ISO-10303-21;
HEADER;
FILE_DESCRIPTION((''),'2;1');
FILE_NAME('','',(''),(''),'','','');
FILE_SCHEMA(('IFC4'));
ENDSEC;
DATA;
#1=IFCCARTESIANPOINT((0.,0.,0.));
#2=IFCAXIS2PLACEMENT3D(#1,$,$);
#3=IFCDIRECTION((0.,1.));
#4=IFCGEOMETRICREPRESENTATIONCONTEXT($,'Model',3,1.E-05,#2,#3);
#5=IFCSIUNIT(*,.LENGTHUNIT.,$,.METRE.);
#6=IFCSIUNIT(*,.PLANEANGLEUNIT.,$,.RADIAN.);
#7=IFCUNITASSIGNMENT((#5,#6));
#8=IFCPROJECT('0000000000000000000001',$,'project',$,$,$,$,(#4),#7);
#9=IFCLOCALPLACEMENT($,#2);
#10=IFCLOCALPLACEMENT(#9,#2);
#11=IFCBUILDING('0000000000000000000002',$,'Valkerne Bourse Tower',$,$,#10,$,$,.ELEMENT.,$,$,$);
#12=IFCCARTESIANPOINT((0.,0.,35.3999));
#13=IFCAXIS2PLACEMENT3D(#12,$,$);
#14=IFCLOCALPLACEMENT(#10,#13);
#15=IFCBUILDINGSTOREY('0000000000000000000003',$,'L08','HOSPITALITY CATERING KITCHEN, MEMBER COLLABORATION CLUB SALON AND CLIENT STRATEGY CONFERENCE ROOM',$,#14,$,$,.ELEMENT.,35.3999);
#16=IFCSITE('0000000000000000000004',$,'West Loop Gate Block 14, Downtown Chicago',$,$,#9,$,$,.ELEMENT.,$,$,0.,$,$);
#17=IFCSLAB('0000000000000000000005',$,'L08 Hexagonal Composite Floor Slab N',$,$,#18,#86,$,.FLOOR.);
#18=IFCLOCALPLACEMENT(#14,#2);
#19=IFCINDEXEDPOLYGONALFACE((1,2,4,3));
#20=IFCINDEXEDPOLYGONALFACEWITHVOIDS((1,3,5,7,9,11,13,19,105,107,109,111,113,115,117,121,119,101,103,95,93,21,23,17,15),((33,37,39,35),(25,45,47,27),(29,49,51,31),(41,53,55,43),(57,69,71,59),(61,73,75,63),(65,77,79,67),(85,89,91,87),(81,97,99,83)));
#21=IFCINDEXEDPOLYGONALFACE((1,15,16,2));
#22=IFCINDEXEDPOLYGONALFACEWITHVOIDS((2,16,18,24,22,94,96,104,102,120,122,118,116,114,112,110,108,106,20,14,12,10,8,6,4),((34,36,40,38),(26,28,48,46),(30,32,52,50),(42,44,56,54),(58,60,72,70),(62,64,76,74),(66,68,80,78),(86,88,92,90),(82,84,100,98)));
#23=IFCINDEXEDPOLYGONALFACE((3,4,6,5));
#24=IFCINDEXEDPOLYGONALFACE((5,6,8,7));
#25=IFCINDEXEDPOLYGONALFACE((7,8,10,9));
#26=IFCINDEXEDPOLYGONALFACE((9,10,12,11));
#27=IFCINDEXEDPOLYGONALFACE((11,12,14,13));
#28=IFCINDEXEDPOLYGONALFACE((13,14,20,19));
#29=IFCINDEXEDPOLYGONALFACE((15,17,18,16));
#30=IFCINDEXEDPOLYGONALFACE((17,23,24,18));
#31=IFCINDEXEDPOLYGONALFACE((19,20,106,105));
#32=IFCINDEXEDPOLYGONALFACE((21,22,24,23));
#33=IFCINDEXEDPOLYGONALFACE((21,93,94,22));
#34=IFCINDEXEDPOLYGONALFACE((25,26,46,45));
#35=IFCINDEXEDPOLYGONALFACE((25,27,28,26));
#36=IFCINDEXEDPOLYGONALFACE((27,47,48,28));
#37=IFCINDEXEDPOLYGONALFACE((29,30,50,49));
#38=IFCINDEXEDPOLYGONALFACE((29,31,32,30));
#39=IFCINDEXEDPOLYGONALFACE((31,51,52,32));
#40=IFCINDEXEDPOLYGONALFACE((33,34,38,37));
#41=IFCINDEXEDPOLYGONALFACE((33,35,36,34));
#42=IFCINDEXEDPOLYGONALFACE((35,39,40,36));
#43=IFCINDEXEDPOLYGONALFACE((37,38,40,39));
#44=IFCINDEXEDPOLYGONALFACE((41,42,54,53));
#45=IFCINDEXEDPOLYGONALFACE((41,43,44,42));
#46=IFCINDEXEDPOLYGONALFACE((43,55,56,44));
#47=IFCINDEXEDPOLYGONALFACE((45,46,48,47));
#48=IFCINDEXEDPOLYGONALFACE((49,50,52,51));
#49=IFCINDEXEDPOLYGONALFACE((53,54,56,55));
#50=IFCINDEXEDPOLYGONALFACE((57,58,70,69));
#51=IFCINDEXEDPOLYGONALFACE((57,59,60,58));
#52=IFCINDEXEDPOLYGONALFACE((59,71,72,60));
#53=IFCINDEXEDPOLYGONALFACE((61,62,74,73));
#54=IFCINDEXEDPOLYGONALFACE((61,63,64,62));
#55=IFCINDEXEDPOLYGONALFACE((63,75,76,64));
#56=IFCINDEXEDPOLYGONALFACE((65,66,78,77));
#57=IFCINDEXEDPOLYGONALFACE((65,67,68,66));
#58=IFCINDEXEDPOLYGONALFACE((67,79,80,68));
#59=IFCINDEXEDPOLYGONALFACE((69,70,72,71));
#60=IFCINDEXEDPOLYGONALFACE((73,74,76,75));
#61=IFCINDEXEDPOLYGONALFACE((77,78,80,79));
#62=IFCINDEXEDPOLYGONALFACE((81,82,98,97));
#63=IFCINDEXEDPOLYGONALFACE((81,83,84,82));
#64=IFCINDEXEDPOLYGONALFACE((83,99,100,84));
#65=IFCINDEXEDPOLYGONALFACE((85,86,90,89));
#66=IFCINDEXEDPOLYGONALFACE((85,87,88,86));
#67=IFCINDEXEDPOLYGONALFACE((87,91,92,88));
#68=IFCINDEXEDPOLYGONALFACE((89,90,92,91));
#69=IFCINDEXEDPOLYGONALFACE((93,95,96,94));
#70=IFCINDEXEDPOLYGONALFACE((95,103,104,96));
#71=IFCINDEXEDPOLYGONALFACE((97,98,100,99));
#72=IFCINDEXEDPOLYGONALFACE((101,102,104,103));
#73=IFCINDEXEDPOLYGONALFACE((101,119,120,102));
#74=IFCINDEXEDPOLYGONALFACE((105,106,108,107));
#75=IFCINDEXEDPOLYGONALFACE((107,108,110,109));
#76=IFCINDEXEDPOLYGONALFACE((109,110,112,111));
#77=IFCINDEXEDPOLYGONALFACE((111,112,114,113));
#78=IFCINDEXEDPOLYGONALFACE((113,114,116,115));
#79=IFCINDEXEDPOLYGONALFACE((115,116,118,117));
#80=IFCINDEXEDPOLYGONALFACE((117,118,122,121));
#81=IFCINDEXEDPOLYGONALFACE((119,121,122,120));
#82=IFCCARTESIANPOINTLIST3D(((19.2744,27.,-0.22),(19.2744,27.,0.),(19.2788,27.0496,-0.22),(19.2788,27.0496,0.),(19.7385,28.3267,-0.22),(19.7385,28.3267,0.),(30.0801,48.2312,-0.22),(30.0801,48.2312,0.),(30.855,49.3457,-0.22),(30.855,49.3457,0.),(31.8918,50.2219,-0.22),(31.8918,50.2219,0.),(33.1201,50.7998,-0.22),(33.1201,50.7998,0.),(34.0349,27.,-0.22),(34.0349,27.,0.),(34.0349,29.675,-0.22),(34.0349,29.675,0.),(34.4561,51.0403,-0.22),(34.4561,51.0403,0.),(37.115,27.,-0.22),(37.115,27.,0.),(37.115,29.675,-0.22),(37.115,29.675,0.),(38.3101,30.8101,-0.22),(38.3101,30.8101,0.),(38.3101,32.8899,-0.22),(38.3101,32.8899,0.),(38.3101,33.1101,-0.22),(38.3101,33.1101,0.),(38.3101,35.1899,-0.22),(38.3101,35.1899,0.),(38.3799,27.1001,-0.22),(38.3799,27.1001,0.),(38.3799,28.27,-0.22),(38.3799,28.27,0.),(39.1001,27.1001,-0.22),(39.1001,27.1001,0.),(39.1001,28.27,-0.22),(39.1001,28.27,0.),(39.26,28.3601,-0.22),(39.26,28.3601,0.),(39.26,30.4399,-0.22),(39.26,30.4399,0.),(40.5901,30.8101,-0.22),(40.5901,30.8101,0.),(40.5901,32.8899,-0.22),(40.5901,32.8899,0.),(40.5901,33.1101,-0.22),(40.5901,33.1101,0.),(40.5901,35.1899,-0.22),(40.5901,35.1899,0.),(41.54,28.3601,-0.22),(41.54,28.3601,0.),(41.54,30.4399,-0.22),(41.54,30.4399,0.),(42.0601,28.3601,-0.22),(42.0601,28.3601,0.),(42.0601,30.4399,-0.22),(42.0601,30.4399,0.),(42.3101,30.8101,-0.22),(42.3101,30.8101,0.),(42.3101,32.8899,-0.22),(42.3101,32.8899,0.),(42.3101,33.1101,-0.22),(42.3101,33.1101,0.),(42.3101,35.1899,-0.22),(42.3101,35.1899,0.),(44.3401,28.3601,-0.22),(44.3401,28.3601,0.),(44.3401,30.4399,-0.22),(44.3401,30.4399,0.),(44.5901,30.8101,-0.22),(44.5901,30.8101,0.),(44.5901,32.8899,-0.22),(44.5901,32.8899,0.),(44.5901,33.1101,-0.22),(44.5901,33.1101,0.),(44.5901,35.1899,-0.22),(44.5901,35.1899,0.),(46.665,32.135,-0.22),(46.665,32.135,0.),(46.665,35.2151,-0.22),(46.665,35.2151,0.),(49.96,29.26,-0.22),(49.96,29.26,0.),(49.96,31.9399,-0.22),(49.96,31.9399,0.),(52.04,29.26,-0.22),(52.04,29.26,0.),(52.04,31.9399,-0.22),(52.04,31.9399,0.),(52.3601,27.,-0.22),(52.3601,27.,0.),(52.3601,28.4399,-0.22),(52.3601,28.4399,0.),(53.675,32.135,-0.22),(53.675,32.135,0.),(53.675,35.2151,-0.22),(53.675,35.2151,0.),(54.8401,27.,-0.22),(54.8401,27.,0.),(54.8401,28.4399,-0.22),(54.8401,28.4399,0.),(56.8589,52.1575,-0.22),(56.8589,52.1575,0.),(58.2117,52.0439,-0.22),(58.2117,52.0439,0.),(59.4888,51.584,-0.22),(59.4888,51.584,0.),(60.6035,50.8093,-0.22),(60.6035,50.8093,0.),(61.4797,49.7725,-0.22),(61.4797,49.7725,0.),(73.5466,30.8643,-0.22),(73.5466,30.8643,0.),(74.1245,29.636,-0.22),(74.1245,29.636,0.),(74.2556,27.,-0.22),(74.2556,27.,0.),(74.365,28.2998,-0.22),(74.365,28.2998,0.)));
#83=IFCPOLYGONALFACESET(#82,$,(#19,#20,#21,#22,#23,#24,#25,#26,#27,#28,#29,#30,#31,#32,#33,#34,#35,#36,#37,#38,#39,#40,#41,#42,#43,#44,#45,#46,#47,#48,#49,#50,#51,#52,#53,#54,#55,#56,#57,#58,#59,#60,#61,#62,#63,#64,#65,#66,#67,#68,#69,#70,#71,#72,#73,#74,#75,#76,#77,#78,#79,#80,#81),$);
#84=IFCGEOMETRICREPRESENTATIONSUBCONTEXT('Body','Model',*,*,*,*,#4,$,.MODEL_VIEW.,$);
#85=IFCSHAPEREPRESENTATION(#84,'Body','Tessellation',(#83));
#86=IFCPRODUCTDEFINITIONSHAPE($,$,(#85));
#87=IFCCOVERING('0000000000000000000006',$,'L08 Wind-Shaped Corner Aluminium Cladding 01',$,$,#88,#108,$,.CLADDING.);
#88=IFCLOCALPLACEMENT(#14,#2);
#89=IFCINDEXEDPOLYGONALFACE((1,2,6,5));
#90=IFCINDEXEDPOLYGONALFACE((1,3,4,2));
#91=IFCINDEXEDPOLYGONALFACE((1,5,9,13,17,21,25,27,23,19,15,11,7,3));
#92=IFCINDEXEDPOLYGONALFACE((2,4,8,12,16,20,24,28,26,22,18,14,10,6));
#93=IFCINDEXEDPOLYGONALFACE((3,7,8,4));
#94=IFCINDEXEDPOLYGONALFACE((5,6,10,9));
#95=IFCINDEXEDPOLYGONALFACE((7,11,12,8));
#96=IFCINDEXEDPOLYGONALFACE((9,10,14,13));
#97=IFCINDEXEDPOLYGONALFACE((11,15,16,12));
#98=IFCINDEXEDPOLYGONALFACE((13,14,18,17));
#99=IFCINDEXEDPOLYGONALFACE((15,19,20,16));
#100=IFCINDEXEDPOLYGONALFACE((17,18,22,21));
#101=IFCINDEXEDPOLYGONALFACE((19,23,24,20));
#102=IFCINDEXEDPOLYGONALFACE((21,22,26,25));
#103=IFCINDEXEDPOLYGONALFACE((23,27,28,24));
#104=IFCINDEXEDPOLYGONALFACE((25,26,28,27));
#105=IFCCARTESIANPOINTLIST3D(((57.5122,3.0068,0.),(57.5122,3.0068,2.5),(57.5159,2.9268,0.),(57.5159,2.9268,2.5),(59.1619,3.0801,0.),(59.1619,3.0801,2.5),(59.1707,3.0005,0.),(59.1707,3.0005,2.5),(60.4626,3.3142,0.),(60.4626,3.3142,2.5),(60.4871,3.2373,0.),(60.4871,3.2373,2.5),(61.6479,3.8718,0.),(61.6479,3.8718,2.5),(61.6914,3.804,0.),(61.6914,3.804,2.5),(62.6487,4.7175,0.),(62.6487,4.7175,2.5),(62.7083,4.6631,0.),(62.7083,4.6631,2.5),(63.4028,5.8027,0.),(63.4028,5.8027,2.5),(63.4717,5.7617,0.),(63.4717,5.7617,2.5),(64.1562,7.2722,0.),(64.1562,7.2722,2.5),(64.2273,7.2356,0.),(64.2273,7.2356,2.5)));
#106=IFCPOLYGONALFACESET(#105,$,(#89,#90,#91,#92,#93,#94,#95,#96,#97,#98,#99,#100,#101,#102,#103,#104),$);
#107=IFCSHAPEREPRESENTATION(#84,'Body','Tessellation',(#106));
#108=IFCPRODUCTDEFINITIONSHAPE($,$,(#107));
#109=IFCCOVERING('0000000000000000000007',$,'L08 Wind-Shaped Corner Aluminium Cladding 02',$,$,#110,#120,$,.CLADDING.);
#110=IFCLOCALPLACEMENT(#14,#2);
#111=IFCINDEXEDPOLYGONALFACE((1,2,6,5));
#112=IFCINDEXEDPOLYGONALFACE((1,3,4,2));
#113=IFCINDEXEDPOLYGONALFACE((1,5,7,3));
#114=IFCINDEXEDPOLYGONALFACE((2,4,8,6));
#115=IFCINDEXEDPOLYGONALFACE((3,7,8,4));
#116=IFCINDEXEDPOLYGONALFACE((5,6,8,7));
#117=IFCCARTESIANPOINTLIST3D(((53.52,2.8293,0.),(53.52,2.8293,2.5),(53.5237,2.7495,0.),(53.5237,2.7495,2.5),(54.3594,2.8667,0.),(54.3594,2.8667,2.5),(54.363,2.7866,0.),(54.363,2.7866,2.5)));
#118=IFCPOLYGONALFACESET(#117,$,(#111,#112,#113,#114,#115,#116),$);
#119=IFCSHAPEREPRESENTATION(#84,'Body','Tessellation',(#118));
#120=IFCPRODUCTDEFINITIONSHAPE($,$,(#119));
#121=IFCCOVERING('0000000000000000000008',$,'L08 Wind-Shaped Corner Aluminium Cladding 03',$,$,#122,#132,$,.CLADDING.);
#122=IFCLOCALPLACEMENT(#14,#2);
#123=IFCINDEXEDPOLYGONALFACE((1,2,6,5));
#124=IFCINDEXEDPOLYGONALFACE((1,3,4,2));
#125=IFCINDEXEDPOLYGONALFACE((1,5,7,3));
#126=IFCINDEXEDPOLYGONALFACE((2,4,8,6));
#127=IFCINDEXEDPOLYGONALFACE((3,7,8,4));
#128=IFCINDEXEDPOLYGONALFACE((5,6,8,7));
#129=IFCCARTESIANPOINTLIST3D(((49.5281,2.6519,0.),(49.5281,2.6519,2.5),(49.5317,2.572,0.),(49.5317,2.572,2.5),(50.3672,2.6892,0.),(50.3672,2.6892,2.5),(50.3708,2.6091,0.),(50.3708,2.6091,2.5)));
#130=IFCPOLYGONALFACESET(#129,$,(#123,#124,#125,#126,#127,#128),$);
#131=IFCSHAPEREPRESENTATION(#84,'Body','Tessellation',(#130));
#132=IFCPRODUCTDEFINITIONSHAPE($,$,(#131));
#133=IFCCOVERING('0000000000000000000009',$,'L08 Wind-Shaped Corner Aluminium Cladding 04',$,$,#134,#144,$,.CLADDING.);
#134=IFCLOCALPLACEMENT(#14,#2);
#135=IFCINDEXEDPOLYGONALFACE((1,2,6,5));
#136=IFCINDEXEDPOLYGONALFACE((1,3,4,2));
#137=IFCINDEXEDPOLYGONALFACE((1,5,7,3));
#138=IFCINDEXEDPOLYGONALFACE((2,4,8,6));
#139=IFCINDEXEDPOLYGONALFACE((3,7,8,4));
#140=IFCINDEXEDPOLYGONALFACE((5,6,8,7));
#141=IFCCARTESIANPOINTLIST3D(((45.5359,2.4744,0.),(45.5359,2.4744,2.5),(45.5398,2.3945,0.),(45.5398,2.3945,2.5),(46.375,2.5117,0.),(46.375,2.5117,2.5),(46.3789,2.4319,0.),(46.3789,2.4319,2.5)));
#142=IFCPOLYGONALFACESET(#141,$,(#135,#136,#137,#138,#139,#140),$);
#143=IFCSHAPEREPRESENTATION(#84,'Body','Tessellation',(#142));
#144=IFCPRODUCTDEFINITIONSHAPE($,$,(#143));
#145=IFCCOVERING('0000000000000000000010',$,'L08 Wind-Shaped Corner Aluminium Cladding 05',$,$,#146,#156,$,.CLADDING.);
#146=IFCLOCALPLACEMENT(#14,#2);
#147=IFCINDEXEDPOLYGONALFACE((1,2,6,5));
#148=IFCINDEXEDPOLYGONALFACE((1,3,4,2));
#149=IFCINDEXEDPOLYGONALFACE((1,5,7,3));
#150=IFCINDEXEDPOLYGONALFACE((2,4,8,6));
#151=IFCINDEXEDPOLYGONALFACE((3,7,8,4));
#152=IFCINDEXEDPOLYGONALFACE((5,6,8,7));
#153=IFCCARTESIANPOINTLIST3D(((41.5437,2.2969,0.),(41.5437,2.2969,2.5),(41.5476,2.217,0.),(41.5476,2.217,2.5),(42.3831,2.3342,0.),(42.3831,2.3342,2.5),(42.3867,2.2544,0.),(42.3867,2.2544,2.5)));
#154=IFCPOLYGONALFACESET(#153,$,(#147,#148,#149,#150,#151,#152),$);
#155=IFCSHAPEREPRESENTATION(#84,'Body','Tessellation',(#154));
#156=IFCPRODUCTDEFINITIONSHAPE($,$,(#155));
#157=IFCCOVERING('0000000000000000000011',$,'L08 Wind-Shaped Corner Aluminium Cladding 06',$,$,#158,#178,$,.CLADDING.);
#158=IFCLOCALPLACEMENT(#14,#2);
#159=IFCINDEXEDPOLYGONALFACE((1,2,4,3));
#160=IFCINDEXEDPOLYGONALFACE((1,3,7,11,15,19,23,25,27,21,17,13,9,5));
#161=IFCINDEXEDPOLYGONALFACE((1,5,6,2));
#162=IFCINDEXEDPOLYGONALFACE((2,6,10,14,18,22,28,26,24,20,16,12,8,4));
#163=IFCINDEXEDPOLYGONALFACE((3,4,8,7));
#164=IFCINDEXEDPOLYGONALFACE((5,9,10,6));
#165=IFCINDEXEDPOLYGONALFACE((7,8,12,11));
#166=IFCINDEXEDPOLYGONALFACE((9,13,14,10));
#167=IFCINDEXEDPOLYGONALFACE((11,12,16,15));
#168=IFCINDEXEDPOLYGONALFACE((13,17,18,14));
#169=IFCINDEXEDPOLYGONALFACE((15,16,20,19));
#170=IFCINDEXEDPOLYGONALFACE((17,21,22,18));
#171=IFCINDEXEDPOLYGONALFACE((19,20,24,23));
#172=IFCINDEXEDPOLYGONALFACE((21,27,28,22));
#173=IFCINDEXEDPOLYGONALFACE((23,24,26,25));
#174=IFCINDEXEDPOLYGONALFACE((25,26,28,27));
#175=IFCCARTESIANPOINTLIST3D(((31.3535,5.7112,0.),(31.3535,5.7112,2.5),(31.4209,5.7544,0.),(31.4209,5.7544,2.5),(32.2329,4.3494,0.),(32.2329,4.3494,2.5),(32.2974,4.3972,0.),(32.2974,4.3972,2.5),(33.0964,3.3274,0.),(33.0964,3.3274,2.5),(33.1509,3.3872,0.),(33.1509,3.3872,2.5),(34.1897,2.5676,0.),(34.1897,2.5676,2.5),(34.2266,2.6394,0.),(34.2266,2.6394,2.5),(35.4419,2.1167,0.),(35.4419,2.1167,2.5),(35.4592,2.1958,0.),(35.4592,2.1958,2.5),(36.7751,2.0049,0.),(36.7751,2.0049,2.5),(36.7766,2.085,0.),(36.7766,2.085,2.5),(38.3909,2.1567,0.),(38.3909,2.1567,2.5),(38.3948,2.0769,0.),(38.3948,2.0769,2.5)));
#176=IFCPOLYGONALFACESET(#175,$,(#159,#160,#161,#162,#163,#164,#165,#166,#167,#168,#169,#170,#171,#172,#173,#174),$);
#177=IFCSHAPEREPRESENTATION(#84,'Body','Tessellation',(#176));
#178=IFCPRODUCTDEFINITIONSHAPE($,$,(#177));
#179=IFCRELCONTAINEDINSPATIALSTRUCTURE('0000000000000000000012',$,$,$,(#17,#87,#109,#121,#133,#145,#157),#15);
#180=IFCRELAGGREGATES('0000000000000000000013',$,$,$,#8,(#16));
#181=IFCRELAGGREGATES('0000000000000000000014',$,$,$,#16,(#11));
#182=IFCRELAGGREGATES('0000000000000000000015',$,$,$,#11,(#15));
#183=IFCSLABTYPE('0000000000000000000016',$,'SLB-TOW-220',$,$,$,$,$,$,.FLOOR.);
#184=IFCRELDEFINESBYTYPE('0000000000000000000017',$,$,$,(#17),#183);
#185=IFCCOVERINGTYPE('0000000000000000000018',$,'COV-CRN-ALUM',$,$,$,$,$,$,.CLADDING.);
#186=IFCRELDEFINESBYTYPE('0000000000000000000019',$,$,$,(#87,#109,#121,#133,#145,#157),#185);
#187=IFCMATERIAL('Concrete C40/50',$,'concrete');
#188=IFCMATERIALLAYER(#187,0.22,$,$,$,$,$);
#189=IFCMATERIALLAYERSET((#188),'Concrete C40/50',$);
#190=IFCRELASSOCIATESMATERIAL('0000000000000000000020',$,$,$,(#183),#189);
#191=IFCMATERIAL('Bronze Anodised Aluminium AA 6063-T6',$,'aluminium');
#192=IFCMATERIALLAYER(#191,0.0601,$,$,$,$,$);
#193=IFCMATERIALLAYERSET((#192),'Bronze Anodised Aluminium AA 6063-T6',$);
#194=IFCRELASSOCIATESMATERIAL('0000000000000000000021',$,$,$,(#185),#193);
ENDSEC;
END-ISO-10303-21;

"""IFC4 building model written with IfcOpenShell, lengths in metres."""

from ifc_helpers import new_model, si_unit, direction, frame, origin, place, context, subcontext, project, spatial, polyline, outline, extrude, material, layer, layer_set, type_object, element, save


model = new_model("IFC4")

# Units and contexts
model_context = context("Model", 3, precision=1e-05, world=origin(), true_north=direction((0.0, 1.0)))
body_context = subcontext(model_context, "Body", "Model", "MODEL_VIEW")
ifc_project = project(units=[si_unit("LENGTHUNIT", "METRE"), si_unit("PLANEANGLEUNIT", "RADIAN")], contexts=[model_context])

# Site, building, storey
site_placement = place(None, origin())
site = spatial("IfcSite", under=ifc_project, at=site_placement, Name="West Loop Gate Block 14, Downtown Chicago", CompositionType="ELEMENT", RefElevation=0.0)
building_placement = place(site_placement, origin())
building = spatial("IfcBuilding", under=site, at=building_placement, Name="Valkerne Bourse Tower", CompositionType="ELEMENT")
storey_placement = place(building_placement, frame((0.0, 0.0, 35.3999)))
storey = spatial("IfcBuildingStorey", under=building, at=storey_placement, Name="L08", Description="HOSPITALITY CATERING KITCHEN, MEMBER COLLABORATION CLUB SALON AND CLIENT STRATEGY CONFERENCE ROOM", CompositionType="ELEMENT", Elevation=35.3999)

# Slab
ifc_material_1 = material(Name="Concrete C40/50", Category="concrete")
ifc_layer_1 = layer(ifc_material_1, 0.22)
ifc_layer_set_1 = layer_set([ifc_layer_1], Name="Concrete C40/50")
slab_type_1 = type_object("IfcSlabType", Name="SLB-TOW-220", PredefinedType="FLOOR", material=ifc_layer_set_1)
slab_1_placement = place(storey_placement, frame((0.0, 0.0, -0.22)))
element("IfcSlab", 1, at=slab_1_placement, inside=storey, type_object=slab_type_1, Name="L08 Hexagonal Composite Floor Slab N", PredefinedType="FLOOR", context=body_context, shape_type="SweptSolid", body=[
    extrude(outline(polyline([(19.2788, 27.0496), (19.7385, 28.3267), (30.0801, 48.2312), (30.855, 49.3457), (31.8918, 50.2219), (33.1201, 50.7998), (34.4561, 51.0403), (56.8589, 52.1575), (58.2117, 52.0439), (59.4888, 51.584), (60.6035, 50.8093), (61.4797, 49.7725), (73.5466, 30.8643), (74.1245, 29.636), (74.365, 28.2998), (74.2556, 27.0), (54.8401, 27.0), (54.8401, 28.4399), (52.3601, 28.4399), (52.3601, 27.0), (37.115, 27.0), (37.115, 29.675), (34.0349, 29.675), (34.0349, 27.0), (19.2744, 27.0), (19.2788, 27.0496)]), holes=[polyline([(39.1001, 28.27), (38.3799, 28.27), (38.3799, 27.1001), (39.1001, 27.1001), (39.1001, 28.27)]), polyline([(41.54, 30.4399), (39.26, 30.4399), (39.26, 28.3601), (41.54, 28.3601), (41.54, 30.4399)]), polyline([(44.3401, 30.4399), (42.0601, 30.4399), (42.0601, 28.3601), (44.3401, 28.3601), (44.3401, 30.4399)]), polyline([(40.5901, 30.8101), (40.5901, 32.8899), (38.3101, 32.8899), (38.3101, 30.8101), (40.5901, 30.8101)]), polyline([(40.5901, 33.1101), (40.5901, 35.1899), (38.3101, 35.1899), (38.3101, 33.1101), (40.5901, 33.1101)]), polyline([(52.04, 31.9399), (49.96, 31.9399), (49.96, 29.26), (52.04, 29.26), (52.04, 31.9399)]), polyline([(44.5901, 32.8899), (42.3101, 32.8899), (42.3101, 30.8101), (44.5901, 30.8101), (44.5901, 32.8899)]), polyline([(53.675, 32.135), (53.675, 35.2151), (46.665, 35.2151), (46.665, 32.135), (53.675, 32.135)]), polyline([(44.5901, 33.1101), (44.5901, 35.1899), (42.3101, 35.1899), (42.3101, 33.1101), (44.5901, 33.1101)])]), origin(), (0.0, 0.0, 1.0), 0.22),
])

# Coverings
ifc_material_2 = material(Name="Bronze Anodised Aluminium AA 6063-T6", Category="aluminium")
ifc_layer_2 = layer(ifc_material_2, 0.0601)
ifc_layer_set_2 = layer_set([ifc_layer_2], Name="Bronze Anodised Aluminium AA 6063-T6")
covering_type = type_object("IfcCoveringType", Name="COV-CRN-ALUM", PredefinedType="CLADDING", material=ifc_layer_set_2)
covering_1_placement = place(storey_placement, origin())
element("IfcCovering", 2, at=covering_1_placement, inside=storey, type_object=covering_type, Name="L08 Wind-Shaped Corner Aluminium Cladding 01", PredefinedType="CLADDING", context=body_context, shape_type="SweptSolid", body=[
    extrude(outline(polyline([(62.7083, 4.6631), (61.6914, 3.804), (60.4871, 3.2373), (59.1707, 3.0005), (57.5159, 2.9268), (57.5122, 3.0068), (59.1619, 3.0801), (60.4626, 3.3142), (61.6479, 3.8718), (62.6487, 4.7175), (63.4028, 5.8027), (64.1562, 7.2722), (64.2273, 7.2356), (63.4717, 5.7617), (62.7083, 4.6631)])), origin(), (0.0, 0.0, 1.0), 2.5),
])
covering_2_placement = place(storey_placement, origin())
element("IfcCovering", 3, at=covering_2_placement, inside=storey, type_object=covering_type, Name="L08 Wind-Shaped Corner Aluminium Cladding 02", PredefinedType="CLADDING", context=body_context, shape_type="SweptSolid", body=[
    extrude(outline(polyline([(53.5237, 2.7495), (53.52, 2.8293), (54.3594, 2.8667), (54.363, 2.7866), (53.5237, 2.7495)])), origin(), (0.0, 0.0, 1.0), 2.5),
])
covering_3_placement = place(storey_placement, origin())
element("IfcCovering", 4, at=covering_3_placement, inside=storey, type_object=covering_type, Name="L08 Wind-Shaped Corner Aluminium Cladding 03", PredefinedType="CLADDING", context=body_context, shape_type="SweptSolid", body=[
    extrude(outline(polyline([(49.5317, 2.572), (49.5281, 2.6519), (50.3672, 2.6892), (50.3708, 2.6091), (49.5317, 2.572)])), origin(), (0.0, 0.0, 1.0), 2.5),
])
covering_4_placement = place(storey_placement, origin())
element("IfcCovering", 5, at=covering_4_placement, inside=storey, type_object=covering_type, Name="L08 Wind-Shaped Corner Aluminium Cladding 04", PredefinedType="CLADDING", context=body_context, shape_type="SweptSolid", body=[
    extrude(outline(polyline([(45.5398, 2.3945), (45.5359, 2.4744), (46.375, 2.5117), (46.3789, 2.4319), (45.5398, 2.3945)])), origin(), (0.0, 0.0, 1.0), 2.5),
])
covering_5_placement = place(storey_placement, origin())
element("IfcCovering", 6, at=covering_5_placement, inside=storey, type_object=covering_type, Name="L08 Wind-Shaped Corner Aluminium Cladding 05", PredefinedType="CLADDING", context=body_context, shape_type="SweptSolid", body=[
    extrude(outline(polyline([(41.5476, 2.217), (41.5437, 2.2969), (42.3831, 2.3342), (42.3867, 2.2544), (41.5476, 2.217)])), origin(), (0.0, 0.0, 1.0), 2.5),
])
covering_6_placement = place(storey_placement, origin())
element("IfcCovering", 7, at=covering_6_placement, inside=storey, type_object=covering_type, Name="L08 Wind-Shaped Corner Aluminium Cladding 06", PredefinedType="CLADDING", context=body_context, shape_type="SweptSolid", body=[
    extrude(outline(polyline([(36.7751, 2.0049), (35.4419, 2.1167), (34.1897, 2.5676), (33.0964, 3.3274), (32.2329, 4.3494), (31.3535, 5.7112), (31.4209, 5.7544), (32.2974, 4.3972), (33.1509, 3.3872), (34.2266, 2.6394), (35.4592, 2.1958), (36.7766, 2.085), (38.3909, 2.1567), (38.3948, 2.0769), (36.7751, 2.0049)])), origin(), (0.0, 0.0, 1.0), 2.5),
])

save(model, "model.ifc")
